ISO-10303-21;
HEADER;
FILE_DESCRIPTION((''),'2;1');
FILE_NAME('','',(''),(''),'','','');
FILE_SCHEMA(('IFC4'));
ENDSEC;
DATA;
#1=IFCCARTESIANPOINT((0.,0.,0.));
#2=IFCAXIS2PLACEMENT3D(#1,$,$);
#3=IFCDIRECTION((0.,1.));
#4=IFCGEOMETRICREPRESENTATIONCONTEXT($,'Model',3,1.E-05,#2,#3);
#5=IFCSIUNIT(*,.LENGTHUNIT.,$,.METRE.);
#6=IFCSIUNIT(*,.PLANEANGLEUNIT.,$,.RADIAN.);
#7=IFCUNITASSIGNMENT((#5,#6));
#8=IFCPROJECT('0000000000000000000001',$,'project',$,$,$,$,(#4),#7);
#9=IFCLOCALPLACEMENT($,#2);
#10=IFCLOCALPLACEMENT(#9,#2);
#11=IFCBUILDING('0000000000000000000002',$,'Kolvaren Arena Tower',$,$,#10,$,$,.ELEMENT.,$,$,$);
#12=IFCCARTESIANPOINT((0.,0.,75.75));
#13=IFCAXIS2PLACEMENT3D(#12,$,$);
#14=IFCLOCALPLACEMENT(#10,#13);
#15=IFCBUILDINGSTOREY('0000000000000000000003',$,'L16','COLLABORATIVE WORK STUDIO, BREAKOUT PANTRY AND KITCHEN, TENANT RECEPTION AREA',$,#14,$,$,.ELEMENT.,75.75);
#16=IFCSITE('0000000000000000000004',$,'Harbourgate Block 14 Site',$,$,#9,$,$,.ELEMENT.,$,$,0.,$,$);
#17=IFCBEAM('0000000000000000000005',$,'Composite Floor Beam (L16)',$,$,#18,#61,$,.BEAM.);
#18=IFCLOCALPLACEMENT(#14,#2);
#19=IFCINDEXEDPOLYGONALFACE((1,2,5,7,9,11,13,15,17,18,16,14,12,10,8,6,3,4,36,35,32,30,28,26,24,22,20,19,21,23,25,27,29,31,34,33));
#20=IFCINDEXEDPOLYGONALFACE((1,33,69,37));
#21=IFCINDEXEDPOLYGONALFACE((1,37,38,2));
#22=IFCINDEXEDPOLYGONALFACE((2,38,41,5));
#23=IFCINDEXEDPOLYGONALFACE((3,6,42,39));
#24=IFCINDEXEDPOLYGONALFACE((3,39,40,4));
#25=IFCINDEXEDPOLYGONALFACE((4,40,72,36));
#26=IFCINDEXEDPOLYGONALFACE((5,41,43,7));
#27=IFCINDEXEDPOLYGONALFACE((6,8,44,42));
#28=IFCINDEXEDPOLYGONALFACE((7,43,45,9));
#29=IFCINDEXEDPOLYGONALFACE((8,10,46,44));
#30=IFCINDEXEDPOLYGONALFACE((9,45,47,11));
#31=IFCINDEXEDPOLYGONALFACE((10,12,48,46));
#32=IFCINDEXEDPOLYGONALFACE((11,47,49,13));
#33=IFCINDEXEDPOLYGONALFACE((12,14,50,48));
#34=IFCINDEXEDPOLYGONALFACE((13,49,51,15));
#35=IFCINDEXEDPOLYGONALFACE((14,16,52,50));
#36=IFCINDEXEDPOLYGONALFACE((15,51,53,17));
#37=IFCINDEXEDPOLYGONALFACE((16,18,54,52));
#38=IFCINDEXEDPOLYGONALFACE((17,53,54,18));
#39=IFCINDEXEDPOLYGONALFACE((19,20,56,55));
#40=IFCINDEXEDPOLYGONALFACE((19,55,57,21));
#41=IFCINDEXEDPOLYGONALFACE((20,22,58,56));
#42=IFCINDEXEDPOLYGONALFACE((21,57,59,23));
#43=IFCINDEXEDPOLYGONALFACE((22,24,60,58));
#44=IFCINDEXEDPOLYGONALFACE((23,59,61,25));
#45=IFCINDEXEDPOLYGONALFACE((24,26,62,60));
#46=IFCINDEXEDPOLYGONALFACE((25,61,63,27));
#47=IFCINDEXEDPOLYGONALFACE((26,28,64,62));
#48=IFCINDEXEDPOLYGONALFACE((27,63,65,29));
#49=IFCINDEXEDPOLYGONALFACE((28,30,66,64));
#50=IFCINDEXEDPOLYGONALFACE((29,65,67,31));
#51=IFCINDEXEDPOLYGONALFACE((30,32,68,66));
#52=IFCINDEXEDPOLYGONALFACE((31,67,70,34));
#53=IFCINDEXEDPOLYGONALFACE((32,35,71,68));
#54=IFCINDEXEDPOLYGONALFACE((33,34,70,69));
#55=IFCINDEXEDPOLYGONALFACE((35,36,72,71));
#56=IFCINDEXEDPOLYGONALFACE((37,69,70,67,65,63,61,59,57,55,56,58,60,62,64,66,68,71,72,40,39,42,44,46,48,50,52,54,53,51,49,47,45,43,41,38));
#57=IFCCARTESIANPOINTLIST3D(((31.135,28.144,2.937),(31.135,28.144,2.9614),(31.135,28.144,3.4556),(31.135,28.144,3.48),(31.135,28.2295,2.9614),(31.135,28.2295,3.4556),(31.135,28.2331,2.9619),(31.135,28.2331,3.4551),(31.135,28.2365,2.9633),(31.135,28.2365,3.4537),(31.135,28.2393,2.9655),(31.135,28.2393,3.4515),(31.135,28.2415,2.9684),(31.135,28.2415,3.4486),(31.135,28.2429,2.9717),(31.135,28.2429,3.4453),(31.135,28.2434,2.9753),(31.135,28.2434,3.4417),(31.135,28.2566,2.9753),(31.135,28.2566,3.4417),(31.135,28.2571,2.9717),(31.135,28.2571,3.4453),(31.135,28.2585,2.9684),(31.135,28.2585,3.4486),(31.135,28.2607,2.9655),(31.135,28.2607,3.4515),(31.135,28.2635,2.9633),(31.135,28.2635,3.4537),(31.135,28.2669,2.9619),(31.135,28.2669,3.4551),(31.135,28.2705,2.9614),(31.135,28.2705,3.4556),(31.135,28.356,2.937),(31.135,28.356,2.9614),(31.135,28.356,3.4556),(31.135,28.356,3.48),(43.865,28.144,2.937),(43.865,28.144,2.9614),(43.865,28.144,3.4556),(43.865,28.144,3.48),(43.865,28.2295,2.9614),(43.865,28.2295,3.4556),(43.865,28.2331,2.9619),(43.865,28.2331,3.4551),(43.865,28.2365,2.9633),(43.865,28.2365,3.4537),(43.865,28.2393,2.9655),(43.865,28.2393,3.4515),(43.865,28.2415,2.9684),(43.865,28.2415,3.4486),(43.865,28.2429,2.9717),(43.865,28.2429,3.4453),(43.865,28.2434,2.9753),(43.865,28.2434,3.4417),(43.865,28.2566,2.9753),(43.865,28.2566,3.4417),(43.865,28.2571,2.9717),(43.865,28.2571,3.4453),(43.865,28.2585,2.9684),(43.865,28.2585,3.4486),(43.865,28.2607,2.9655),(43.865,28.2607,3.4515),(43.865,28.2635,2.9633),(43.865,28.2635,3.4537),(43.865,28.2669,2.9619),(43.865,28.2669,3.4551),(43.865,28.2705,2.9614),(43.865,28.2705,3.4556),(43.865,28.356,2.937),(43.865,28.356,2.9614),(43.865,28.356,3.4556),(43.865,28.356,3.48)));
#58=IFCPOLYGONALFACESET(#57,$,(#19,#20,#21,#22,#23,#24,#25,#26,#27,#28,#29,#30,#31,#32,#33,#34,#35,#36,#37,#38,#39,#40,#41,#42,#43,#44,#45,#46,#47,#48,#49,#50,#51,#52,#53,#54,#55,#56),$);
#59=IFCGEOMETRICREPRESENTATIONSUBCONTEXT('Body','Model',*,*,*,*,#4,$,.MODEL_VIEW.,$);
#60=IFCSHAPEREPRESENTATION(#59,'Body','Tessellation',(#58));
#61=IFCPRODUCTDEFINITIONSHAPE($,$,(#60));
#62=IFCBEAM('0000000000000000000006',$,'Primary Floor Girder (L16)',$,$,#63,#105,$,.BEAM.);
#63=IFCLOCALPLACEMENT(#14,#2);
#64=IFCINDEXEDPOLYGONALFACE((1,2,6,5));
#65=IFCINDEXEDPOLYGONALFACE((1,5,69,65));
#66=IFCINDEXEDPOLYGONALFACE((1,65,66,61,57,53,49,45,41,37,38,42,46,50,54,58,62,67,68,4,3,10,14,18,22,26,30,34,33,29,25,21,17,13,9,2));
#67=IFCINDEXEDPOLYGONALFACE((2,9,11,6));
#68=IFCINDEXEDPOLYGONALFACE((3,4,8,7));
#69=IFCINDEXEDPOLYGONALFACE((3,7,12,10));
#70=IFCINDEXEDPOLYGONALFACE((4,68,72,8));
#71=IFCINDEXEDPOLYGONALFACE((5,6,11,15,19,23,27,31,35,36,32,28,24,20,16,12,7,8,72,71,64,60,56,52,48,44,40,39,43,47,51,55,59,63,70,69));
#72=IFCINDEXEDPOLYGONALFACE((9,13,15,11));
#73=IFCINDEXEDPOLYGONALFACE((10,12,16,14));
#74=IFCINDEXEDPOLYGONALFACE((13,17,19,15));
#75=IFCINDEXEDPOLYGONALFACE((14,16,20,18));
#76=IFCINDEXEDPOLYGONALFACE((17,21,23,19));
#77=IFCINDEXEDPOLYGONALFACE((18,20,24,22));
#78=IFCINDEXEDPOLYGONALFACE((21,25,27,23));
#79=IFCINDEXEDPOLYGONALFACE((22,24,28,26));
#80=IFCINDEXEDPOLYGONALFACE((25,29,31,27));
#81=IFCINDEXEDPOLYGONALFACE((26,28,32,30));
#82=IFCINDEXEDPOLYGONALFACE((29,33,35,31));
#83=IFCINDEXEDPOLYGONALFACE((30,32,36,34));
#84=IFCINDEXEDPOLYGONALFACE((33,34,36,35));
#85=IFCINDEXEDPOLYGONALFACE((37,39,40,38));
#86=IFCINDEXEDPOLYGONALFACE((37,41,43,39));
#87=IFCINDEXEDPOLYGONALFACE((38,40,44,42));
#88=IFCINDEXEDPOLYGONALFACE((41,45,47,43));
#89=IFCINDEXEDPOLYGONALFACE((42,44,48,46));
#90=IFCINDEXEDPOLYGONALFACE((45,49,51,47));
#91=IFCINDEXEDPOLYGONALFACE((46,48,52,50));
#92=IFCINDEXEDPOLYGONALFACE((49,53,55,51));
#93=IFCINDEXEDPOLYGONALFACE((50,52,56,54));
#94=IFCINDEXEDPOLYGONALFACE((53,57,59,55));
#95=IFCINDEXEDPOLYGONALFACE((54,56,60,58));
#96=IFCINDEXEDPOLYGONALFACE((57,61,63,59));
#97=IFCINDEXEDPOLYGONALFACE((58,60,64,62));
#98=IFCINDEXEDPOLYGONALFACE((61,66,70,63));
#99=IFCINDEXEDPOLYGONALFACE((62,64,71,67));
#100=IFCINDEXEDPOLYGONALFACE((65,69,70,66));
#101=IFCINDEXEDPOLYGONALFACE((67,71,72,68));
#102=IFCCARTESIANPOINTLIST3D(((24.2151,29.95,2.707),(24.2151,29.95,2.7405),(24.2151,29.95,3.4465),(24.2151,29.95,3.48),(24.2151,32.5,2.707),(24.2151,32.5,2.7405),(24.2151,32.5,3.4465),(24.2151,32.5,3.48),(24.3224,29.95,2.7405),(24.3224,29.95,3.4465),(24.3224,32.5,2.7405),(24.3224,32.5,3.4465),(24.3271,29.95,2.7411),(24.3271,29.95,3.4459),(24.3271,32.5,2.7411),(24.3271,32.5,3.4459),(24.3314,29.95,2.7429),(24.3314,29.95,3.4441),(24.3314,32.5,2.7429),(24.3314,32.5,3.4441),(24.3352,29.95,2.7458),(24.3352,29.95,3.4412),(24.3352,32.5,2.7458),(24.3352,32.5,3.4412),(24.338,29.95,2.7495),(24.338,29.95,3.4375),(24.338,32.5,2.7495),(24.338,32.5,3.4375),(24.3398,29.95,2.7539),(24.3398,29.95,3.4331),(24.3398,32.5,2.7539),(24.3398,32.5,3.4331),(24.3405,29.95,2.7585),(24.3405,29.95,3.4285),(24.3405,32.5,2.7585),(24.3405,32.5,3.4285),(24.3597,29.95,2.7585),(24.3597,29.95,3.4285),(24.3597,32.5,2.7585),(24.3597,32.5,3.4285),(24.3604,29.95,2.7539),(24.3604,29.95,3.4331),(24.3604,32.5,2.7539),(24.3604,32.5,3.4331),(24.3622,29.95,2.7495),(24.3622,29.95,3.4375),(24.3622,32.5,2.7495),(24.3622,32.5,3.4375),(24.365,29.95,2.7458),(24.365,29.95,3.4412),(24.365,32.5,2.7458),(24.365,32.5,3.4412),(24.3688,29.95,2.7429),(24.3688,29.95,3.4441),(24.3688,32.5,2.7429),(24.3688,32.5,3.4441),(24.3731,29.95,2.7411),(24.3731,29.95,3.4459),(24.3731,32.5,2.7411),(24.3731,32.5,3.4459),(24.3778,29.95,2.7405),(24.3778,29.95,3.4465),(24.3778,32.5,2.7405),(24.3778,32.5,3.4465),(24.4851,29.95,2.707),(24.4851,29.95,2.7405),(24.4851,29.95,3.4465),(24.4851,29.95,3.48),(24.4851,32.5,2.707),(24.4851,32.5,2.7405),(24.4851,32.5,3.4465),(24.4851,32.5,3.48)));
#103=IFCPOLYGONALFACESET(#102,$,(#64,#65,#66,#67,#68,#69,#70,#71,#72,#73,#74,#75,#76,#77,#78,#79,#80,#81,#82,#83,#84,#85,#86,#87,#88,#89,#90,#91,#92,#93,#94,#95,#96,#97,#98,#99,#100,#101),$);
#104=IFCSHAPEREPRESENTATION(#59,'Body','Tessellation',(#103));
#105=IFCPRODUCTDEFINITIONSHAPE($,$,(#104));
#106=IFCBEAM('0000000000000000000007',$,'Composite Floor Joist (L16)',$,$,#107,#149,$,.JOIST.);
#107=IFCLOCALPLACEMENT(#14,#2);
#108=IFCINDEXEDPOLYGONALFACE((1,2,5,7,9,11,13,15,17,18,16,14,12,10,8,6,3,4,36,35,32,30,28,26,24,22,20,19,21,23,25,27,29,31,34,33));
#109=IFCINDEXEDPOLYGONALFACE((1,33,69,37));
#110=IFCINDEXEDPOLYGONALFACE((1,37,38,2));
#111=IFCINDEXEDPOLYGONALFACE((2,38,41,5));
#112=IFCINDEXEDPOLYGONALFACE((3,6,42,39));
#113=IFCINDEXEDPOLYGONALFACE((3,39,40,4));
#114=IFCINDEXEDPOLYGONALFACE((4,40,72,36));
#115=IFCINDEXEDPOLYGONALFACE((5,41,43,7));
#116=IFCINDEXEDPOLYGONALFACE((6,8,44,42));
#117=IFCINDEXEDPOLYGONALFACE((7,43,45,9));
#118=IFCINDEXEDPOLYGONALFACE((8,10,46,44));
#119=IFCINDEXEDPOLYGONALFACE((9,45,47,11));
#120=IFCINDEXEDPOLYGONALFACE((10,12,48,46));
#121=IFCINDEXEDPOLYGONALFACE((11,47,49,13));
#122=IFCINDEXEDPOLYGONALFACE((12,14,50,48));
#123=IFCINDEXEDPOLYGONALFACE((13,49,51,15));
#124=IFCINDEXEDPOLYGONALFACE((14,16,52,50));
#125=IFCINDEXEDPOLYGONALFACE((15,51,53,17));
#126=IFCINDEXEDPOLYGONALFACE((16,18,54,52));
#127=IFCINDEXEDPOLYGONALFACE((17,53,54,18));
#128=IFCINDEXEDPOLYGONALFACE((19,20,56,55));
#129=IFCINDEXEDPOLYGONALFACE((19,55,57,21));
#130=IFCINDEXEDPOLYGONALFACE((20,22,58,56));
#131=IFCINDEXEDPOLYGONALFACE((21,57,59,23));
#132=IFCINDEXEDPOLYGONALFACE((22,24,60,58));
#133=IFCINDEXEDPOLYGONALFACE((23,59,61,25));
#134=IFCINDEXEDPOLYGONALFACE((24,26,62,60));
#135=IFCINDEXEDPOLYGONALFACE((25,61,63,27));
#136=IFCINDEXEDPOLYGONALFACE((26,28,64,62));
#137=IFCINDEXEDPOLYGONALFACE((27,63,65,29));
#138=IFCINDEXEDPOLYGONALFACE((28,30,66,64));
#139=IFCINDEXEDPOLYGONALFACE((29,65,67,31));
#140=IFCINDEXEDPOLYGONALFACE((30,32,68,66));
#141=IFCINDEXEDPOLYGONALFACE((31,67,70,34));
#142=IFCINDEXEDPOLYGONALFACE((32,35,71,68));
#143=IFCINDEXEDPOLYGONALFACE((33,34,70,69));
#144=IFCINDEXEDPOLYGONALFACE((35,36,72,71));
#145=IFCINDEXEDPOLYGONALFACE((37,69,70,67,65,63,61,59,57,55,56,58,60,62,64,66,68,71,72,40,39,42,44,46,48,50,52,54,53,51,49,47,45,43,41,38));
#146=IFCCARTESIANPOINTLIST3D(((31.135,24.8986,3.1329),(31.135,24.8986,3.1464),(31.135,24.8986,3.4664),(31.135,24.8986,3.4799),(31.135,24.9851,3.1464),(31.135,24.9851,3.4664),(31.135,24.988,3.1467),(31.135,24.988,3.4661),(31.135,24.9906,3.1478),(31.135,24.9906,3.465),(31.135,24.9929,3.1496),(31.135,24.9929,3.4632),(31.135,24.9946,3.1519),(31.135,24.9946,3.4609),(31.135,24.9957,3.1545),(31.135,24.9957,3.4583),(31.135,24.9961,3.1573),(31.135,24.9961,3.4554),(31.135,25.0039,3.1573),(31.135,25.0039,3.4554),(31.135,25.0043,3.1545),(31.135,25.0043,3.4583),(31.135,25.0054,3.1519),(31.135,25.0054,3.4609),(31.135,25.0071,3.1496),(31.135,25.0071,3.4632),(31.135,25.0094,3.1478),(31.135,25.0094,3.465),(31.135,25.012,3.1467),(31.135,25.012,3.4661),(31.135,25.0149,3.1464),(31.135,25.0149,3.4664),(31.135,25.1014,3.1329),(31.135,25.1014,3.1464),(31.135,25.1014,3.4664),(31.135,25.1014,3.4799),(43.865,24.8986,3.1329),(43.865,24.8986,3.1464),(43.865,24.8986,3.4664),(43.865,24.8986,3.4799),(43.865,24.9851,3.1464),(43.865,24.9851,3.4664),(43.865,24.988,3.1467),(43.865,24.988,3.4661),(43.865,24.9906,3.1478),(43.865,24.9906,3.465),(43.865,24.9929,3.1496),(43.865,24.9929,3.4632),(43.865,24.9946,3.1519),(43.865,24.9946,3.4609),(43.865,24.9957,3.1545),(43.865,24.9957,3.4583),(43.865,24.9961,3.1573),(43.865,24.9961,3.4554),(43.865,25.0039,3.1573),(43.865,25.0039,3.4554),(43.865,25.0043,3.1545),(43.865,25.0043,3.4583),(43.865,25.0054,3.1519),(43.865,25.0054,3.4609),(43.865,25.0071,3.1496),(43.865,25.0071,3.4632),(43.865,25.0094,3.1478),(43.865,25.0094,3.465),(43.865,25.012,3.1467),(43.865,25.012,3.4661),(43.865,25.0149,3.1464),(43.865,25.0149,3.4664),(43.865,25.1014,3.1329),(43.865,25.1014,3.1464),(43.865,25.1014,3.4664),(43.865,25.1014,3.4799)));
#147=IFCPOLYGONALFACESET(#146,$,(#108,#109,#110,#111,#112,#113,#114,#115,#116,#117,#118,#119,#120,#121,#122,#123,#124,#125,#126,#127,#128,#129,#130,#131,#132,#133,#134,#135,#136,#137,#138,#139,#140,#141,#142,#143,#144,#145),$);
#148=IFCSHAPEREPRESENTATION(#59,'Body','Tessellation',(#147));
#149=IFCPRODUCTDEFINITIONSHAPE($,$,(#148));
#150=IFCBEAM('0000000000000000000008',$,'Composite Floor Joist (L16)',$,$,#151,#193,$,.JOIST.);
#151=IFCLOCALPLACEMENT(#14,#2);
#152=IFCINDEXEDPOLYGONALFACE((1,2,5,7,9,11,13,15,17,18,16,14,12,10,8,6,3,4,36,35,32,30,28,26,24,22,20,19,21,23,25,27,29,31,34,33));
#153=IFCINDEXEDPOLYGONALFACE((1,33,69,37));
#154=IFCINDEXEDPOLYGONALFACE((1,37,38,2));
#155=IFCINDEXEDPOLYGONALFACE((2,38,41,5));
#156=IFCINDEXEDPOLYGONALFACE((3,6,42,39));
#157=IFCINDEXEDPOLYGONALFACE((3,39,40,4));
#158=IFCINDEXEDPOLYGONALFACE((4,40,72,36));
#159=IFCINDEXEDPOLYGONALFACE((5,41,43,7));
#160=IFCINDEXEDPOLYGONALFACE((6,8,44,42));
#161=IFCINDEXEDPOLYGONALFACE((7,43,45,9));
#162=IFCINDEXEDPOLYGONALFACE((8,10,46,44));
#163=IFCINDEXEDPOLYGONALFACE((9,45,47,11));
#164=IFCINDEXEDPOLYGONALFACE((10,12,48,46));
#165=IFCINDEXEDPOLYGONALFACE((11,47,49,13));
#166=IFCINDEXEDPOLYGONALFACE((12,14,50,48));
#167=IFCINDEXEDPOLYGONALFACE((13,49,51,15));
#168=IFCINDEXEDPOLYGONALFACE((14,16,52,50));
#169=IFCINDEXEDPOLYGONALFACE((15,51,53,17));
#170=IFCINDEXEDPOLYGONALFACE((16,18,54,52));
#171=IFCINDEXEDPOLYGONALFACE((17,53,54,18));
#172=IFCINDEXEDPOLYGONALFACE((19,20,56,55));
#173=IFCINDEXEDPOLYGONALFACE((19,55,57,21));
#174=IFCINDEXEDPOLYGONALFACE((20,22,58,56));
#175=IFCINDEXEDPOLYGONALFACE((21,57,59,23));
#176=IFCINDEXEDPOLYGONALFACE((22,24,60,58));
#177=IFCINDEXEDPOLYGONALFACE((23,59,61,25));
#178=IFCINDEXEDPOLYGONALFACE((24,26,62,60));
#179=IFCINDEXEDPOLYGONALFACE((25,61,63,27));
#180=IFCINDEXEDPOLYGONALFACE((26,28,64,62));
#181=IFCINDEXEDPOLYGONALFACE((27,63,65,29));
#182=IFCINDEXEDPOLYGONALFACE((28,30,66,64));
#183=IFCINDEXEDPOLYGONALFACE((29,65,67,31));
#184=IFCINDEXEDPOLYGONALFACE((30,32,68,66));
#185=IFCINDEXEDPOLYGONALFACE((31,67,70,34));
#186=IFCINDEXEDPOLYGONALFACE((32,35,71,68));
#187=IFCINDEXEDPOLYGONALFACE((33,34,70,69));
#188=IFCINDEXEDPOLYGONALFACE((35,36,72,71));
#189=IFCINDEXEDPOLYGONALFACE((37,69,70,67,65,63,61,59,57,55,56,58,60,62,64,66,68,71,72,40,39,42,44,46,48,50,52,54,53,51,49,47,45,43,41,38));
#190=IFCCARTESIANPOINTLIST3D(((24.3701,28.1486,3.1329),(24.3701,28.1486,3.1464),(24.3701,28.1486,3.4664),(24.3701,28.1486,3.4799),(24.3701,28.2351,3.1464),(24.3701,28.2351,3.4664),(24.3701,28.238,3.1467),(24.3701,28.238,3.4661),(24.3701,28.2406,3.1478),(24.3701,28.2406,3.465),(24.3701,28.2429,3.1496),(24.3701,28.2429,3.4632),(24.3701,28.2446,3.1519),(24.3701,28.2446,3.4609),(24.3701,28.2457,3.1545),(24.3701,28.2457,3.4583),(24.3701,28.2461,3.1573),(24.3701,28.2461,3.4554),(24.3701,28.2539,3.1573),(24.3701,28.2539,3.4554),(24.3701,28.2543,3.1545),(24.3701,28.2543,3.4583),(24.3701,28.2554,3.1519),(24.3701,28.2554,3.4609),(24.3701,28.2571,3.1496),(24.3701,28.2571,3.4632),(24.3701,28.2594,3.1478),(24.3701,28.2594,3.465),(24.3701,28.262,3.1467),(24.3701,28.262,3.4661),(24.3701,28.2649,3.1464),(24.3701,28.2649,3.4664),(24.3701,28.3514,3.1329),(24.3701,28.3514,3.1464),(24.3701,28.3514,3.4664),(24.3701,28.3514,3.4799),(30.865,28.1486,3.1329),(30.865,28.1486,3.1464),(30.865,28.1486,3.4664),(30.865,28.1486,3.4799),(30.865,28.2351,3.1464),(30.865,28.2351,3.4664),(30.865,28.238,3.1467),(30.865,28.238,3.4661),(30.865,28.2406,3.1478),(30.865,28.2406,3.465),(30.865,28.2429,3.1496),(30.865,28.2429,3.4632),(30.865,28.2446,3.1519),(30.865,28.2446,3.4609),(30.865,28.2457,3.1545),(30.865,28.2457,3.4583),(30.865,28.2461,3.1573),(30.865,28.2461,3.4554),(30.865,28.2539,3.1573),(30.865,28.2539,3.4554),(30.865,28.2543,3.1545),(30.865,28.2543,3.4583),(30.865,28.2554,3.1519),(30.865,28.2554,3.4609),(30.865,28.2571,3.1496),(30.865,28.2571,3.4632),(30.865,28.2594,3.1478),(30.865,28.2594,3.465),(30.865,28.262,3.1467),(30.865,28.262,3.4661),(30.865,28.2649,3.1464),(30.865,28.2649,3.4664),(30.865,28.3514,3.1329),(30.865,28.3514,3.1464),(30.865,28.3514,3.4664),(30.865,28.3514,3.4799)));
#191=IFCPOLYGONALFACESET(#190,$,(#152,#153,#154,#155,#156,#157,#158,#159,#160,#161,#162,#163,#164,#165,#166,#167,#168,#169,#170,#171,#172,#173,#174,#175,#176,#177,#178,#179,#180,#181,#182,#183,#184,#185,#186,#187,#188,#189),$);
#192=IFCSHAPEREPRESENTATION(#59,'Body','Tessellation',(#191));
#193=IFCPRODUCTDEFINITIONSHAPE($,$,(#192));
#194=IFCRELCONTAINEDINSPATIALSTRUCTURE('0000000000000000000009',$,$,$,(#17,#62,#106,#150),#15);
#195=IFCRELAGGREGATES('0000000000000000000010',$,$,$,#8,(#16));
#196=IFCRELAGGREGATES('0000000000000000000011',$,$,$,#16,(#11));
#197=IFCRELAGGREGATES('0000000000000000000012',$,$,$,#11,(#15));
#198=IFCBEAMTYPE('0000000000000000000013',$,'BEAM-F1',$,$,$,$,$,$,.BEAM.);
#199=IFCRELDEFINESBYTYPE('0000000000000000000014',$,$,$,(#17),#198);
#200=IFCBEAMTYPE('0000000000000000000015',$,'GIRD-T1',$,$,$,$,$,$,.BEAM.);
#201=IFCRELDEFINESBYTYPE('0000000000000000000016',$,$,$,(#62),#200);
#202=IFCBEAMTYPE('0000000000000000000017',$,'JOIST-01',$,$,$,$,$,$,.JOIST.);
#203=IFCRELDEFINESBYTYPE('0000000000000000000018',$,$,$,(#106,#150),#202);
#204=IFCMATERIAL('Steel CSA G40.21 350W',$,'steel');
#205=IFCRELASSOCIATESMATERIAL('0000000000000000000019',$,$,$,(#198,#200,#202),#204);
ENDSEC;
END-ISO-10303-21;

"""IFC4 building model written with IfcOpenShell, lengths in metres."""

from ifc_helpers import new_model, si_unit, direction, frame, origin, origin_2d, place, context, subcontext, project, spatial, i_section, extrude, material, material_profile, profile_set, type_object, element, save


model = new_model("IFC4")

# Units and contexts
model_context = context("Model", 3, precision=1e-05, world=origin(), true_north=direction((0.0, 1.0)))
body_context = subcontext(model_context, "Body", "Model", "MODEL_VIEW")
ifc_project = project(units=[si_unit("LENGTHUNIT", "METRE"), si_unit("PLANEANGLEUNIT", "RADIAN")], contexts=[model_context])

# Site, building, storey
site_placement = place(None, origin())
site = spatial("IfcSite", under=ifc_project, at=site_placement, Name="Harbourgate Block 14 Site", CompositionType="ELEMENT", RefElevation=0.0)
building_placement = place(site_placement, origin())
building = spatial("IfcBuilding", under=site, at=building_placement, Name="Kolvaren Arena Tower", CompositionType="ELEMENT")
storey_placement = place(building_placement, frame((0.0, 0.0, 75.75)))
storey = spatial("IfcBuildingStorey", under=building, at=storey_placement, Name="L16", Description="COLLABORATIVE WORK STUDIO, BREAKOUT PANTRY AND KITCHEN, TENANT RECEPTION AREA", CompositionType="ELEMENT", Elevation=75.75)

# Beams
ifc_material_1 = material(Name="Steel CSA G40.21 350W", Category="steel")
ifc_material_profile_1 = material_profile(ifc_material_1, i_section(OverallWidth=0.2119, OverallDepth=0.543, WebThickness=0.0132, FlangeThickness=0.0244, FilletRadius=0.0139, at=origin_2d()), Name="W530x150")
ifc_profile_set_1 = profile_set([ifc_material_profile_1], Name="Steel CSA G40.21 350W")
beam_type_1 = type_object("IfcBeamType", Name="BEAM-F1", PredefinedType="BEAM", material=ifc_profile_set_1)
beam_1_placement = place(storey_placement, frame((31.135, 28.25, 3.2085), z_axis=(1.0, 0.0, 0.0), x_axis=(0.0, 1.0, 0.0)))
element("IfcBeam", 1, at=beam_1_placement, inside=storey, type_object=beam_type_1, Name="Composite Floor Beam (L16)", PredefinedType="BEAM", context=body_context, shape_type="SweptSolid", body=[
    extrude(i_section(OverallWidth=0.2119, OverallDepth=0.543, WebThickness=0.0132, FlangeThickness=0.0244, FilletRadius=0.0139, at=origin_2d()), origin(), (0.0, 0.0, 1.0), 12.73),
])
ifc_material_profile_2 = material_profile(ifc_material_1, i_section(OverallWidth=0.27, OverallDepth=0.7729, WebThickness=0.0193, FlangeThickness=0.0334, FilletRadius=0.0181, at=origin_2d()), Name="W760x257")
ifc_profile_set_2 = profile_set([ifc_material_profile_2], Name="Steel CSA G40.21 350W")
beam_type_2 = type_object("IfcBeamType", Name="GIRD-T1", PredefinedType="BEAM", material=ifc_profile_set_2)
beam_2_placement = place(storey_placement, frame((24.3501, 29.95, 3.0935), z_axis=(0.0, 1.0, 0.0), x_axis=(-1.0, 0.0, 0.0)))
element("IfcBeam", 2, at=beam_2_placement, inside=storey, type_object=beam_type_2, Name="Primary Floor Girder (L16)", PredefinedType="BEAM", context=body_context, shape_type="SweptSolid", body=[
    extrude(i_section(OverallWidth=0.27, OverallDepth=0.7729, WebThickness=0.0193, FlangeThickness=0.0334, FilletRadius=0.0181, at=origin_2d()), origin(), (0.0, 0.0, 1.0), 2.55),
])
ifc_material_profile_3 = material_profile(ifc_material_1, i_section(OverallWidth=0.2029, OverallDepth=0.3469, WebThickness=0.0078, FlangeThickness=0.0134, FilletRadius=0.011, at=origin_2d()), Name="W360x64")
ifc_profile_set_3 = profile_set([ifc_material_profile_3], Name="Steel CSA G40.21 350W")
beam_type_3 = type_object("IfcBeamType", Name="JOIST-01", PredefinedType="JOIST", material=ifc_profile_set_3)
beam_3_placement = place(storey_placement, frame((31.135, 25.0, 3.3064), z_axis=(1.0, 0.0, 0.0), x_axis=(0.0, 1.0, 0.0)))
element("IfcBeam", 3, at=beam_3_placement, inside=storey, type_object=beam_type_3, Name="Composite Floor Joist (L16)", PredefinedType="JOIST", context=body_context, shape_type="SweptSolid", body=[
    extrude(i_section(OverallWidth=0.2029, OverallDepth=0.3469, WebThickness=0.0078, FlangeThickness=0.0134, FilletRadius=0.011, at=origin_2d()), origin(), (0.0, 0.0, 1.0), 12.73),
])
for number, where, z_axis, x_axis, name in (
    (4, (24.3701, 28.25, 3.3064), (1.0, 0.0, 0.0), (0.0, 1.0, 0.0), "Composite Floor Joist (L16)"),
):
    element("IfcBeam", number, at=place(storey_placement, frame(where, z_axis=z_axis, x_axis=x_axis)), inside=storey, type_object=beam_type_3, Name=name, PredefinedType="JOIST", context=body_context, shape_type="SweptSolid", body=[
        extrude(i_section(OverallWidth=0.2029, OverallDepth=0.3469, WebThickness=0.0078, FlangeThickness=0.0134, FilletRadius=0.011, at=origin_2d()), origin(), (0.0, 0.0, 1.0), 6.4949),
    ])

save(model, "model.ifc")
